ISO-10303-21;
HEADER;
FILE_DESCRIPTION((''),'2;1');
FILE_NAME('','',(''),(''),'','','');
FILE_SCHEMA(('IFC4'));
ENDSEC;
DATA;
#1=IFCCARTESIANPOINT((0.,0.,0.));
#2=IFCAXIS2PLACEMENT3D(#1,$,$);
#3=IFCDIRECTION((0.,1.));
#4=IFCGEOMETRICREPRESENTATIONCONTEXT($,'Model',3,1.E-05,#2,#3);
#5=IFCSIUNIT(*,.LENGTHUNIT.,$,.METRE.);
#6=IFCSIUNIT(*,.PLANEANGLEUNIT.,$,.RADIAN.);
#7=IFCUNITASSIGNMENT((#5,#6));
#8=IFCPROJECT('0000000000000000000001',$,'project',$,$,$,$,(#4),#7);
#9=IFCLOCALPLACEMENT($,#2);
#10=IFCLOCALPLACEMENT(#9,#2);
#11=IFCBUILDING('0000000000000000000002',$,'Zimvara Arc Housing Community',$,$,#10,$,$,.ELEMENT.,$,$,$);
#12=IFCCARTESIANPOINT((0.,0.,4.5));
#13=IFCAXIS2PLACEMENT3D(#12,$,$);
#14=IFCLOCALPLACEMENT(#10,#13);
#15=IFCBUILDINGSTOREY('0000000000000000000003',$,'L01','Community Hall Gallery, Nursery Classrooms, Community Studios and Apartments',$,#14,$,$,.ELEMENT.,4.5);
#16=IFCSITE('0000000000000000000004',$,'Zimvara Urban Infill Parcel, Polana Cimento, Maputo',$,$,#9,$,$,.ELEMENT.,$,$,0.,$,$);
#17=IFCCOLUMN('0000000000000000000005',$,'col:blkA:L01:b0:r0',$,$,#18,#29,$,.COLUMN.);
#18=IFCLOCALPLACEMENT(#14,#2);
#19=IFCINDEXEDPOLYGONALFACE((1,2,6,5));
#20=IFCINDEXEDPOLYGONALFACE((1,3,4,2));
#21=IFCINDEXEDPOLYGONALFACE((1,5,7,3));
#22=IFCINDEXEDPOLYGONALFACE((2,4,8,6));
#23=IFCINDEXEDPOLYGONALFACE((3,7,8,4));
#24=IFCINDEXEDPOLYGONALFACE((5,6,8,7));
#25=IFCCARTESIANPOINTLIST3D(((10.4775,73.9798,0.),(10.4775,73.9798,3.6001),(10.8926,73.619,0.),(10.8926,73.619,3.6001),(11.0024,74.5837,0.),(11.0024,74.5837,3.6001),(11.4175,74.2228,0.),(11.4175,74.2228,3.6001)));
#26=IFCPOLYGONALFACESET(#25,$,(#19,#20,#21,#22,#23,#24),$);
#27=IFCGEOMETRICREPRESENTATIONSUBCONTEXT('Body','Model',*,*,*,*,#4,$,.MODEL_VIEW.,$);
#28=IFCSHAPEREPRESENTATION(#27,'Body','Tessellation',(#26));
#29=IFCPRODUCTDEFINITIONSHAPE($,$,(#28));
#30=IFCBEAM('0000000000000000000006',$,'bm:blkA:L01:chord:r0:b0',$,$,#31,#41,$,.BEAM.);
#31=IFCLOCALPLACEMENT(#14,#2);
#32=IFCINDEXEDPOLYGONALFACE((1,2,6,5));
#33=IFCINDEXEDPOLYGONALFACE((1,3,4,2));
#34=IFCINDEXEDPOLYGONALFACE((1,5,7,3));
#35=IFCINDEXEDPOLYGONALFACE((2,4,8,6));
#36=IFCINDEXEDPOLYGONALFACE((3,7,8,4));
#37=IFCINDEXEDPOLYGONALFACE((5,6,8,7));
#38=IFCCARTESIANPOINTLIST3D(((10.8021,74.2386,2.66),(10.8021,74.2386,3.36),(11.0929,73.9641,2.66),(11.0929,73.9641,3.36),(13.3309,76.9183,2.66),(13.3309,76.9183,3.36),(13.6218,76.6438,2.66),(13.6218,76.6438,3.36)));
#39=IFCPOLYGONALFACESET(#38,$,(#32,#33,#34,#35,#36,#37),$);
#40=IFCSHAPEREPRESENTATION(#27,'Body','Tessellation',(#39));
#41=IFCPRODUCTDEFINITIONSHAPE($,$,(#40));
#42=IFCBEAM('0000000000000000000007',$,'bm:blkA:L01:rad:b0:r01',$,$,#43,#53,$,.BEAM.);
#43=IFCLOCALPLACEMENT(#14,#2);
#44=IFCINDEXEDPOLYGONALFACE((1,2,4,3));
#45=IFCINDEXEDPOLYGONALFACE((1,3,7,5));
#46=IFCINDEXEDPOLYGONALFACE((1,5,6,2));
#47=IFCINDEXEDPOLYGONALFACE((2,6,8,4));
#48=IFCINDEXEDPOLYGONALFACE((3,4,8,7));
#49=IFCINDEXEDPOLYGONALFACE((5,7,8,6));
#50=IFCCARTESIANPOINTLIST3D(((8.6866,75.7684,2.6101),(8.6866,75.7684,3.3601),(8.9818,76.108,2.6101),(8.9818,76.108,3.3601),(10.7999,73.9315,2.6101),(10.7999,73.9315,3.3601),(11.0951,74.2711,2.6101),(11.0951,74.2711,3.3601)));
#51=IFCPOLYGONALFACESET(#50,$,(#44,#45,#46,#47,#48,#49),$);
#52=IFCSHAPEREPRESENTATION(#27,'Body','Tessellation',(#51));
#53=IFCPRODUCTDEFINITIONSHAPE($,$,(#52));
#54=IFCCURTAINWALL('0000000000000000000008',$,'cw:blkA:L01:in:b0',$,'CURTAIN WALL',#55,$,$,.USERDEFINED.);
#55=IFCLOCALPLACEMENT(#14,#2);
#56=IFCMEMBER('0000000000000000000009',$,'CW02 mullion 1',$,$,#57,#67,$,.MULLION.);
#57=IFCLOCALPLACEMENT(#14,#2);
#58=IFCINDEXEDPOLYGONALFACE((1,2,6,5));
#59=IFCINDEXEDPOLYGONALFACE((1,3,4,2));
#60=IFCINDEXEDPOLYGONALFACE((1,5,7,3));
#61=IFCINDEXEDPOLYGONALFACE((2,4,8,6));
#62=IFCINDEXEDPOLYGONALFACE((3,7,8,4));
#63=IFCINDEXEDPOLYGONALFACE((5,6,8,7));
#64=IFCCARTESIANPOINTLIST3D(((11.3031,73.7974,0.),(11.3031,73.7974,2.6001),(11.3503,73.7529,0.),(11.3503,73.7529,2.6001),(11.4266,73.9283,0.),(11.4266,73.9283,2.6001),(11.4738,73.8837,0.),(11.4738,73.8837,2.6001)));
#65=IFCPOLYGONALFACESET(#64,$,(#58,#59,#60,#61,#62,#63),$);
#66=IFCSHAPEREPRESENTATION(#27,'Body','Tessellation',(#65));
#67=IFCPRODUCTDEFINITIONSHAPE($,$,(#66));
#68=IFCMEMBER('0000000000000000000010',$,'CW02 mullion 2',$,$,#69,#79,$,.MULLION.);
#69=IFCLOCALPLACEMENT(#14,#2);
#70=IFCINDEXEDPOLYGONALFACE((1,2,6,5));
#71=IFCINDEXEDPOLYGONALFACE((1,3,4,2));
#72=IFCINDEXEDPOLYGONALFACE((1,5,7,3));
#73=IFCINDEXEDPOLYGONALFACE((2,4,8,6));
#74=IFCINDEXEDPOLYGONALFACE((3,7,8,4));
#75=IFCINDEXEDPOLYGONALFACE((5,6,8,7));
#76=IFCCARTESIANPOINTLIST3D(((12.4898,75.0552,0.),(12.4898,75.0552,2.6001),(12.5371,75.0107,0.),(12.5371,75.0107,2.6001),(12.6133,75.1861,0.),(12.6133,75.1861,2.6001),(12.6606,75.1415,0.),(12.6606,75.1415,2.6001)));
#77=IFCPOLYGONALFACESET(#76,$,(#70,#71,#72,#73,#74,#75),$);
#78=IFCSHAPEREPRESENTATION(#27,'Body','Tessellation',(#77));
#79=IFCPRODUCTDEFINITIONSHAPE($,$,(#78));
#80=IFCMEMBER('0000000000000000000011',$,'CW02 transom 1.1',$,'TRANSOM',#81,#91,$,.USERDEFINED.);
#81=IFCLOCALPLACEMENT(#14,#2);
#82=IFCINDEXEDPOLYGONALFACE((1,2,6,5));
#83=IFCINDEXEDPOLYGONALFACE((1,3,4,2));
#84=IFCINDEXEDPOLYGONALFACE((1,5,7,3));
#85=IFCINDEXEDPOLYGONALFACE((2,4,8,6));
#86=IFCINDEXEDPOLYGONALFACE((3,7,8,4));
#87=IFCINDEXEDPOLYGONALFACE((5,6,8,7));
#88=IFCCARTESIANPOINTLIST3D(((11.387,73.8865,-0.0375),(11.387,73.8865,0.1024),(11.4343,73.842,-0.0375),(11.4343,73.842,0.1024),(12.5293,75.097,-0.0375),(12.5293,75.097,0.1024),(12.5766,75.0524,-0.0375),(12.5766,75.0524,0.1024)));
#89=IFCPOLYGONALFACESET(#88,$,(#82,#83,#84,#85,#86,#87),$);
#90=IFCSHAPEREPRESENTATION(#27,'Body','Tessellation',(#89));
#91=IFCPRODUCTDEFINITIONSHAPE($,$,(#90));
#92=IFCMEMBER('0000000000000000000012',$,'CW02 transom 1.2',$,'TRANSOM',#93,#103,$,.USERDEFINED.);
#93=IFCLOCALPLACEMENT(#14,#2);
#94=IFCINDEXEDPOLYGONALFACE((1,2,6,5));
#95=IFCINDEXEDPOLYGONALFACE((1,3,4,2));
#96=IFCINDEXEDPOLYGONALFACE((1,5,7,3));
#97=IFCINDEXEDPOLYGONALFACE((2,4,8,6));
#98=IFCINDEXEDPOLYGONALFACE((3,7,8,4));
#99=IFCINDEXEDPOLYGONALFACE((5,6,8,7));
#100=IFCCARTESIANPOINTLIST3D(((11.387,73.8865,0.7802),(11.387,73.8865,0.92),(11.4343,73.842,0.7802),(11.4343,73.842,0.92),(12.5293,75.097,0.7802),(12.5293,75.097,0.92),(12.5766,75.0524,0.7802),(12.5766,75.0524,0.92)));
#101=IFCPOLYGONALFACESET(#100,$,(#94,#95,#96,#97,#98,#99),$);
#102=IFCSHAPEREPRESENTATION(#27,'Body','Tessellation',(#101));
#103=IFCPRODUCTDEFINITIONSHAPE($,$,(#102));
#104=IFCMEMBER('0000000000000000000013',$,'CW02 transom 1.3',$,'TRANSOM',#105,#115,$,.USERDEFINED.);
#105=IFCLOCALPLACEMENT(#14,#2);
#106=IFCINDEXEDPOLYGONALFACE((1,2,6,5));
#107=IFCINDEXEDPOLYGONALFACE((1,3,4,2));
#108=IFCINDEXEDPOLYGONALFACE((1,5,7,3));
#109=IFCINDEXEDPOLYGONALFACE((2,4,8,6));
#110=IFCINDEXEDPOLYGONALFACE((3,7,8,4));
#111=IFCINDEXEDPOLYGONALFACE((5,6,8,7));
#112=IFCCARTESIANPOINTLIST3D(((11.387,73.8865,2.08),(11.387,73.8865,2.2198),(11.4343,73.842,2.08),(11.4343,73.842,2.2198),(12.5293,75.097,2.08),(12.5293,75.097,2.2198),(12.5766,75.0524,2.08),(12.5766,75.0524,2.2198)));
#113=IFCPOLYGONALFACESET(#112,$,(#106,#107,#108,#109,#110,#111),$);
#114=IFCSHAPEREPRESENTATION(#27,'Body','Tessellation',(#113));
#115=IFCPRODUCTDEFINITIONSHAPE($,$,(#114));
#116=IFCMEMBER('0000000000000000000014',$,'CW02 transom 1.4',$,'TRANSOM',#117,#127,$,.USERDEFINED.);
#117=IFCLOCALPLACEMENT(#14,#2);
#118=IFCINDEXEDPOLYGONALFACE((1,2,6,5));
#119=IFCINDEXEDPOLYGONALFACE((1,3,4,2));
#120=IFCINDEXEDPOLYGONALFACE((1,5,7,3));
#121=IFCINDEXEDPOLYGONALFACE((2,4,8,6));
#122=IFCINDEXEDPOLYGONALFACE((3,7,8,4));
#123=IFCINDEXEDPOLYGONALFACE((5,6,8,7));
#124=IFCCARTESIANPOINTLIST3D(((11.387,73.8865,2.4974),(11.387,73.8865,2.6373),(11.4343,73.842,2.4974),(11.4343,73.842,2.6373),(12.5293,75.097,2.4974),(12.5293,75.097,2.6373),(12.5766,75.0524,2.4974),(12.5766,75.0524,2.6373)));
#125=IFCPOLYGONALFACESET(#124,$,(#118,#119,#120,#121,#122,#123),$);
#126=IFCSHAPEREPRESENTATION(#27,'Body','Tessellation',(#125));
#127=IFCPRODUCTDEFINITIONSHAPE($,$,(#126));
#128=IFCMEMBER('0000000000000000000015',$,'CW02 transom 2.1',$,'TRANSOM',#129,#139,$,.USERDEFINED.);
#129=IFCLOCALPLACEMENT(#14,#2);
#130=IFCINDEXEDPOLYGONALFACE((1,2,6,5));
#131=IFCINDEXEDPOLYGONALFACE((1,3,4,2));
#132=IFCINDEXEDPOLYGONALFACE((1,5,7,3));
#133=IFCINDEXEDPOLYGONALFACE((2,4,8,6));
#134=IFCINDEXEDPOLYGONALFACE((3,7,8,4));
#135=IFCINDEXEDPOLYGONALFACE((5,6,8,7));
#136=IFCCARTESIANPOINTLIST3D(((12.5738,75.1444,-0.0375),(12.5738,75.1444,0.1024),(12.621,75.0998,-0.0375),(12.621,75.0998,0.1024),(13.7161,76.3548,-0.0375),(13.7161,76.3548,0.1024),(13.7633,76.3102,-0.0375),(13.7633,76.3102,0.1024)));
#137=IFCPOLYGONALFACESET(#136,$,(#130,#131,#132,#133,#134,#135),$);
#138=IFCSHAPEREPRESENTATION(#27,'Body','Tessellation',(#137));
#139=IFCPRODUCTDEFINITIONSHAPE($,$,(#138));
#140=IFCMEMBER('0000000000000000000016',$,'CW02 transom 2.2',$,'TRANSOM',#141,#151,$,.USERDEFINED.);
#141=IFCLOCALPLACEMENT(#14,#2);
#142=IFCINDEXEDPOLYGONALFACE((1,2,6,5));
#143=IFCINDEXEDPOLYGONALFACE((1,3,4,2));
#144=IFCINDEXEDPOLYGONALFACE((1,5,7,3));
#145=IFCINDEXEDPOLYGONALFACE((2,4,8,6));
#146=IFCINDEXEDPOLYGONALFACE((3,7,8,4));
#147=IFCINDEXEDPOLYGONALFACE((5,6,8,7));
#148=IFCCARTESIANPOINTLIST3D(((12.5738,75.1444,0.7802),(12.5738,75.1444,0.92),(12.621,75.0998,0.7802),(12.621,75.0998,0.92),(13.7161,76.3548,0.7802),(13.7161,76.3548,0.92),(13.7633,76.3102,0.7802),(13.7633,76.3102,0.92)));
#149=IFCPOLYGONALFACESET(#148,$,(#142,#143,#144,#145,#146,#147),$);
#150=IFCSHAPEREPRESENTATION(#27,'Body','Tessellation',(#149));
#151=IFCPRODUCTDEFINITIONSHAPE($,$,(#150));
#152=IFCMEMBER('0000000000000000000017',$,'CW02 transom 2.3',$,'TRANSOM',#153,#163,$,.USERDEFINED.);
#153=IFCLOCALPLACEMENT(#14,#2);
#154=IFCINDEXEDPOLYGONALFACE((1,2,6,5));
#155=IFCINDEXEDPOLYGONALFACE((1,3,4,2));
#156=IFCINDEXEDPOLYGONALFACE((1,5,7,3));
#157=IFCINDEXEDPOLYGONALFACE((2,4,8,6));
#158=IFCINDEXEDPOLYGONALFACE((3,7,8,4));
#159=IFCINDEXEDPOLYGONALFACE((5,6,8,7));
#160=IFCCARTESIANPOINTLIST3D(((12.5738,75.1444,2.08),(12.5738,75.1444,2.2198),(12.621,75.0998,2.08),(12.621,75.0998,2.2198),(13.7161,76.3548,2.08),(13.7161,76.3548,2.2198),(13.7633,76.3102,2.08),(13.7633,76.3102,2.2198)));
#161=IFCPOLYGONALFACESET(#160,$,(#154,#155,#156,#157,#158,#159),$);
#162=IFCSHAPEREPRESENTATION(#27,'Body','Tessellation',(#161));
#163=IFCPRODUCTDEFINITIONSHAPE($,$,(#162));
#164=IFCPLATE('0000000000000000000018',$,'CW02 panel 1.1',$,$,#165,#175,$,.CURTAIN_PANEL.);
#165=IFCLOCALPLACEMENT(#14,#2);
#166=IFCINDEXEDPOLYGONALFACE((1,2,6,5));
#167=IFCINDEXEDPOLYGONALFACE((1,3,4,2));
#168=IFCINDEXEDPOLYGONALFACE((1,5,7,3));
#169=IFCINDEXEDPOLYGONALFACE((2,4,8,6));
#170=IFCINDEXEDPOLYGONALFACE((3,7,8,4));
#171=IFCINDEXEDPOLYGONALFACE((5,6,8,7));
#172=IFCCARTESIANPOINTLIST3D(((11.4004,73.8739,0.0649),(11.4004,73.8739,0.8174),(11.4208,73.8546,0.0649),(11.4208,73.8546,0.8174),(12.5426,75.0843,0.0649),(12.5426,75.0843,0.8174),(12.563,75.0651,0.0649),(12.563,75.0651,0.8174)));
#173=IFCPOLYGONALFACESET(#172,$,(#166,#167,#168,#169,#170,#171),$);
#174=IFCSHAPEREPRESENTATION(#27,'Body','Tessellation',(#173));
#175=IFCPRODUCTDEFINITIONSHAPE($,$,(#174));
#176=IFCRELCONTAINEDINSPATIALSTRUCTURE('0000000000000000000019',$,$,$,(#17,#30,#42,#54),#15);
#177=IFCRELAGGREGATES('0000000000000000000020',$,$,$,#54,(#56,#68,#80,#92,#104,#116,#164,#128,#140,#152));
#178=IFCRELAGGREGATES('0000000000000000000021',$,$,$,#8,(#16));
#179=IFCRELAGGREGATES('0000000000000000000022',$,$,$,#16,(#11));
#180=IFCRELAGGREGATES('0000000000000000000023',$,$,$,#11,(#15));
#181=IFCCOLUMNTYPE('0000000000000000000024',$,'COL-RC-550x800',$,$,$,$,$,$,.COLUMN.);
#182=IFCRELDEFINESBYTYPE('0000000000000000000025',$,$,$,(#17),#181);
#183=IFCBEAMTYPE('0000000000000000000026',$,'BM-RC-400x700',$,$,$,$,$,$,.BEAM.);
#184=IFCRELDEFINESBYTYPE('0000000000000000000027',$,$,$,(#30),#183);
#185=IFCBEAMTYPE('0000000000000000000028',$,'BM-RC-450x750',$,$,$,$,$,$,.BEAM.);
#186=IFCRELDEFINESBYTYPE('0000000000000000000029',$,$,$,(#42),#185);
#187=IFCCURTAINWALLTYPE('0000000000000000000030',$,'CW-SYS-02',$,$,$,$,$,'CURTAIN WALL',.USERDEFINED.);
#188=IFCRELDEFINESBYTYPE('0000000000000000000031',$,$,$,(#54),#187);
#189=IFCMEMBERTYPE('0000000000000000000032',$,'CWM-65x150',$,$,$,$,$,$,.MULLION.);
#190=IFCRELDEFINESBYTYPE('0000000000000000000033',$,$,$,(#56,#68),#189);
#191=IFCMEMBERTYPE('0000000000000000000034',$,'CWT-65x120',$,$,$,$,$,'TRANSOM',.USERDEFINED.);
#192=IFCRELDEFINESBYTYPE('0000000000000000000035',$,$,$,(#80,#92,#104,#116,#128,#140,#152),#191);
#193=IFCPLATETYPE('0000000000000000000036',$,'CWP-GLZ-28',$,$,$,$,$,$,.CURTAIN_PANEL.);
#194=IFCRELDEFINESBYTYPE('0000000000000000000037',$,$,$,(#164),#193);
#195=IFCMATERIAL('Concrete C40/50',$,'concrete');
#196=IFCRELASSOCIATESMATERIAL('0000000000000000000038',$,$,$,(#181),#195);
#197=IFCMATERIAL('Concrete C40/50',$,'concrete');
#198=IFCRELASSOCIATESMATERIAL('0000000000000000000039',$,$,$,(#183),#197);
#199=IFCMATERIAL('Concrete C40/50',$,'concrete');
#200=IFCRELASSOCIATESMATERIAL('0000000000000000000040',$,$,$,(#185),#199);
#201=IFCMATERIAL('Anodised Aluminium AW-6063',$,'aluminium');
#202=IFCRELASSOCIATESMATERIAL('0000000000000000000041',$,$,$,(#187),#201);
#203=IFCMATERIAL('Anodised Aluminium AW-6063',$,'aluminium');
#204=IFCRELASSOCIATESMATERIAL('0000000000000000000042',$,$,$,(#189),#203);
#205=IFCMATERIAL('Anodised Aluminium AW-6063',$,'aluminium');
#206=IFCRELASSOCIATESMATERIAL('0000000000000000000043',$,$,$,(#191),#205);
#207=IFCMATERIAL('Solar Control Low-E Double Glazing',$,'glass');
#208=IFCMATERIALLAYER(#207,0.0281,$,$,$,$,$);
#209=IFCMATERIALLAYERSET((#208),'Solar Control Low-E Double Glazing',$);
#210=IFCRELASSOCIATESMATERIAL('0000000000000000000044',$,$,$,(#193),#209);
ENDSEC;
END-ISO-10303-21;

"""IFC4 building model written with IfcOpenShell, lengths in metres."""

from ifc_helpers import new_model, si_unit, direction, frame, origin, origin_2d, place, context, subcontext, project, spatial, rectangle, extrude, material, layer, layer_set, material_profile, profile_set, type_object, element, aggregate, save


model = new_model("IFC4")

# Units and contexts
model_context = context("Model", 3, precision=1e-05, world=origin(), true_north=direction((0.0, 1.0)))
body_context = subcontext(model_context, "Body", "Model", "MODEL_VIEW")
ifc_project = project(units=[si_unit("LENGTHUNIT", "METRE"), si_unit("PLANEANGLEUNIT", "RADIAN")], contexts=[model_context])

# Site, building, storey
site_placement = place(None, origin())
site = spatial("IfcSite", under=ifc_project, at=site_placement, Name="Zimvara Urban Infill Parcel, Polana Cimento, Maputo", CompositionType="ELEMENT", RefElevation=0.0)
building_placement = place(site_placement, origin())
building = spatial("IfcBuilding", under=site, at=building_placement, Name="Zimvara Arc Housing Community", CompositionType="ELEMENT")
storey_placement = place(building_placement, frame((0.0, 0.0, 4.5)))
storey = spatial("IfcBuildingStorey", under=building, at=storey_placement, Name="L01", Description="Community Hall Gallery, Nursery Classrooms, Community Studios and Apartments", CompositionType="ELEMENT", Elevation=4.5)

# Column
ifc_material_1 = material(Name="Concrete C40/50", Category="concrete")
ifc_material_profile_1 = material_profile(ifc_material_1, rectangle(XDim=0.55, YDim=0.8, at=origin_2d()), Name="RC 550x800")
ifc_profile_set_1 = profile_set([ifc_material_profile_1], Name="Concrete C40/50")
column_type = type_object("IfcColumnType", Name="COL-RC-550x800", PredefinedType="COLUMN", material=ifc_profile_set_1)
column_placement = place(storey_placement, frame((10.9475, 74.1013, 0.0), z_axis=(0.0, 0.0, 1.0), x_axis=(-0.75471, 0.656059, 0.0)))
element("IfcColumn", 1, at=column_placement, inside=storey, type_object=column_type, Name="col:blkA:L01:b0:r0", PredefinedType="COLUMN", context=body_context, shape_type="SweptSolid", body=[
    extrude(rectangle(XDim=0.55, YDim=0.8, at=origin_2d()), origin(), (0.0, 0.0, 1.0), 3.6001),
])

# Beams
ifc_material_2 = material(Name="Concrete C40/50", Category="concrete")
ifc_material_profile_2 = material_profile(ifc_material_2, rectangle(XDim=0.3999, YDim=0.7, at=origin_2d()), Name="RC 400x700")
ifc_profile_set_2 = profile_set([ifc_material_profile_2], Name="Concrete C40/50")
beam_type_1 = type_object("IfcBeamType", Name="BM-RC-400x700", PredefinedType="BEAM", material=ifc_profile_set_2)
beam_1_placement = place(storey_placement, frame((10.9475, 74.1013, 3.01), z_axis=(0.686336, 0.727285, 0.0), x_axis=(-0.727285, 0.686336, 0.0)))
element("IfcBeam", 2, at=beam_1_placement, inside=storey, type_object=beam_type_1, Name="bm:blkA:L01:chord:r0:b0", PredefinedType="BEAM", context=body_context, shape_type="SweptSolid", body=[
    extrude(rectangle(XDim=0.3999, YDim=0.7, at=origin_2d()), origin(), (0.0, 0.0, 1.0), 3.6846),
])
ifc_material_3 = material(Name="Concrete C40/50", Category="concrete")
ifc_material_profile_3 = material_profile(ifc_material_3, rectangle(XDim=0.45, YDim=0.75, at=origin_2d()), Name="RC 450x750")
ifc_profile_set_3 = profile_set([ifc_material_profile_3], Name="Concrete C40/50")
beam_type_2 = type_object("IfcBeamType", Name="BM-RC-450x750", PredefinedType="BEAM", material=ifc_profile_set_3)
beam_2_placement = place(storey_placement, frame((10.9475, 74.1013, 2.9851), z_axis=(-0.754733, 0.656032, 0.0), x_axis=(-0.656032, -0.754733, 0.0)))
element("IfcBeam", 3, at=beam_2_placement, inside=storey, type_object=beam_type_2, Name="bm:blkA:L01:rad:b0:r01", PredefinedType="BEAM", context=body_context, shape_type="SweptSolid", body=[
    extrude(rectangle(XDim=0.45, YDim=0.75, at=origin_2d()), origin(), (0.0, 0.0, 1.0), 2.8),
])

# Curtain wall, members, plate
ifc_material_4 = material(Name="Anodised Aluminium AW-6063", Category="aluminium")
curtain_wall_type = type_object("IfcCurtainWallType", Name="CW-SYS-02", ElementType="CURTAIN WALL", PredefinedType="USERDEFINED", material=ifc_material_4)
curtain_wall_placement = place(storey_placement, origin())
curtain_wall = element("IfcCurtainWall", 4, at=curtain_wall_placement, inside=storey, type_object=curtain_wall_type, Name="cw:blkA:L01:in:b0", ObjectType="CURTAIN WALL", PredefinedType="USERDEFINED")
ifc_material_5 = material(Name="Anodised Aluminium AW-6063", Category="aluminium")
ifc_material_profile_4 = material_profile(ifc_material_5, rectangle(XDim=0.0649, YDim=0.1799, at=origin_2d()), Name="ALU 65x180")
ifc_profile_set_4 = profile_set([ifc_material_profile_4], Name="Anodised Aluminium AW-6063")
member_type_1 = type_object("IfcMemberType", Name="CWM-65x150", PredefinedType="MULLION", material=ifc_profile_set_4)
member_1_placement = place(storey_placement, frame((11.3884, 73.8406, 0.0), z_axis=(0.0, 0.0, 1.0), x_axis=(-0.727293, 0.686327, 0.0)))
member_1 = element("IfcMember", 5, at=member_1_placement, type_object=member_type_1, Name="CW02 mullion 1", PredefinedType="MULLION", context=body_context, shape_type="SweptSolid", body=[
    extrude(rectangle(XDim=0.0649, YDim=0.1799, at=origin_2d()), origin(), (0.0, 0.0, 1.0), 2.6001),
])
member_2_placement = place(storey_placement, frame((12.5752, 75.0984, 0.0), z_axis=(0.0, 0.0, 1.0), x_axis=(-0.727293, 0.686327, 0.0)))
member_2 = element("IfcMember", 6, at=member_2_placement, type_object=member_type_1, Name="CW02 mullion 2", PredefinedType="MULLION", context=body_context, shape_type="SweptSolid", body=[
    extrude(rectangle(XDim=0.0649, YDim=0.1799, at=origin_2d()), origin(), (0.0, 0.0, 1.0), 2.6001),
])
ifc_material_6 = material(Name="Anodised Aluminium AW-6063", Category="aluminium")
ifc_material_profile_5 = material_profile(ifc_material_6, rectangle(XDim=0.0649, YDim=0.1399, at=origin_2d()), Name="ALU 65x140")
ifc_profile_set_5 = profile_set([ifc_material_profile_5], Name="Anodised Aluminium AW-6063")
member_type_2 = type_object("IfcMemberType", Name="CWT-65x120", ElementType="TRANSOM", PredefinedType="USERDEFINED", material=ifc_profile_set_5)
member_3_placement = place(storey_placement, frame((11.4106, 73.8643, 0.0325), z_axis=(0.686348, 0.727273, 0.0), x_axis=(-0.727273, 0.686348, 0.0)))
member_3 = element("IfcMember", 7, at=member_3_placement, type_object=member_type_2, Name="CW02 transom 1.1", ObjectType="TRANSOM", PredefinedType="USERDEFINED", context=body_context, shape_type="SweptSolid", body=[
    extrude(rectangle(XDim=0.0649, YDim=0.1399, at=origin_2d()), origin(), (0.0, 0.0, 1.0), 1.6643),
])
member_4_placement = place(storey_placement, frame((11.4106, 73.8643, 0.8501), z_axis=(0.686348, 0.727273, 0.0), x_axis=(-0.727273, 0.686348, 0.0)))
member_4 = element("IfcMember", 8, at=member_4_placement, type_object=member_type_2, Name="CW02 transom 1.2", ObjectType="TRANSOM", PredefinedType="USERDEFINED", context=body_context, shape_type="SweptSolid", body=[
    extrude(rectangle(XDim=0.0649, YDim=0.1399, at=origin_2d()), origin(), (0.0, 0.0, 1.0), 1.6643),
])
member_5_placement = place(storey_placement, frame((11.4106, 73.8643, 2.1499), z_axis=(0.686348, 0.727273, 0.0), x_axis=(-0.727273, 0.686348, 0.0)))
member_5 = element("IfcMember", 9, at=member_5_placement, type_object=member_type_2, Name="CW02 transom 1.3", ObjectType="TRANSOM", PredefinedType="USERDEFINED", context=body_context, shape_type="SweptSolid", body=[
    extrude(rectangle(XDim=0.0649, YDim=0.1399, at=origin_2d()), origin(), (0.0, 0.0, 1.0), 1.6643),
])
member_6_placement = place(storey_placement, frame((11.4106, 73.8643, 2.5674), z_axis=(0.686348, 0.727273, 0.0), x_axis=(-0.727273, 0.686348, 0.0)))
member_6 = element("IfcMember", 10, at=member_6_placement, type_object=member_type_2, Name="CW02 transom 1.4", ObjectType="TRANSOM", PredefinedType="USERDEFINED", context=body_context, shape_type="SweptSolid", body=[
    extrude(rectangle(XDim=0.0649, YDim=0.1399, at=origin_2d()), origin(), (0.0, 0.0, 1.0), 1.6643),
])
member_7_placement = place(storey_placement, frame((12.5974, 75.1221, 0.0325), z_axis=(0.686348, 0.727273, 0.0), x_axis=(-0.727273, 0.686348, 0.0)))
member_7 = element("IfcMember", 11, at=member_7_placement, type_object=member_type_2, Name="CW02 transom 2.1", ObjectType="TRANSOM", PredefinedType="USERDEFINED", context=body_context, shape_type="SweptSolid", body=[
    extrude(rectangle(XDim=0.0649, YDim=0.1399, at=origin_2d()), origin(), (0.0, 0.0, 1.0), 1.6643),
])
member_8_placement = place(storey_placement, frame((12.5974, 75.1221, 0.8501), z_axis=(0.686348, 0.727273, 0.0), x_axis=(-0.727273, 0.686348, 0.0)))
member_8 = element("IfcMember", 12, at=member_8_placement, type_object=member_type_2, Name="CW02 transom 2.2", ObjectType="TRANSOM", PredefinedType="USERDEFINED", context=body_context, shape_type="SweptSolid", body=[
    extrude(rectangle(XDim=0.0649, YDim=0.1399, at=origin_2d()), origin(), (0.0, 0.0, 1.0), 1.6643),
])
member_9_placement = place(storey_placement, frame((12.5974, 75.1221, 2.1499), z_axis=(0.686348, 0.727273, 0.0), x_axis=(-0.727273, 0.686348, 0.0)))
member_9 = element("IfcMember", 13, at=member_9_placement, type_object=member_type_2, Name="CW02 transom 2.3", ObjectType="TRANSOM", PredefinedType="USERDEFINED", context=body_context, shape_type="SweptSolid", body=[
    extrude(rectangle(XDim=0.0649, YDim=0.1399, at=origin_2d()), origin(), (0.0, 0.0, 1.0), 1.6643),
])
ifc_material_7 = material(Name="Solar Control Low-E Double Glazing", Category="glass")
ifc_layer_1 = layer(ifc_material_7, 0.0281)
ifc_layer_set_1 = layer_set([ifc_layer_1], Name="Solar Control Low-E Double Glazing")
plate_type = type_object("IfcPlateType", Name="CWP-GLZ-28", PredefinedType="CURTAIN_PANEL", material=ifc_layer_set_1)
plate_1_placement = place(storey_placement, frame((11.9817, 74.4695, 0.0649), z_axis=(0.0, 0.0, 1.0), x_axis=(0.686327, 0.727293, 0.0)))
plate_1 = element("IfcPlate", 14, at=plate_1_placement, type_object=plate_type, Name="CW02 panel 1.1", PredefinedType="CURTAIN_PANEL", context=body_context, shape_type="SweptSolid", body=[
    extrude(rectangle(XDim=1.6643, YDim=0.0281, at=origin_2d()), origin(), (0.0, 0.0, 1.0), 0.7524),
])
aggregate(curtain_wall, [member_1, member_2, member_3, member_4, member_5, member_6, plate_1, member_7, member_8, member_9])

save(model, "model.ifc")
